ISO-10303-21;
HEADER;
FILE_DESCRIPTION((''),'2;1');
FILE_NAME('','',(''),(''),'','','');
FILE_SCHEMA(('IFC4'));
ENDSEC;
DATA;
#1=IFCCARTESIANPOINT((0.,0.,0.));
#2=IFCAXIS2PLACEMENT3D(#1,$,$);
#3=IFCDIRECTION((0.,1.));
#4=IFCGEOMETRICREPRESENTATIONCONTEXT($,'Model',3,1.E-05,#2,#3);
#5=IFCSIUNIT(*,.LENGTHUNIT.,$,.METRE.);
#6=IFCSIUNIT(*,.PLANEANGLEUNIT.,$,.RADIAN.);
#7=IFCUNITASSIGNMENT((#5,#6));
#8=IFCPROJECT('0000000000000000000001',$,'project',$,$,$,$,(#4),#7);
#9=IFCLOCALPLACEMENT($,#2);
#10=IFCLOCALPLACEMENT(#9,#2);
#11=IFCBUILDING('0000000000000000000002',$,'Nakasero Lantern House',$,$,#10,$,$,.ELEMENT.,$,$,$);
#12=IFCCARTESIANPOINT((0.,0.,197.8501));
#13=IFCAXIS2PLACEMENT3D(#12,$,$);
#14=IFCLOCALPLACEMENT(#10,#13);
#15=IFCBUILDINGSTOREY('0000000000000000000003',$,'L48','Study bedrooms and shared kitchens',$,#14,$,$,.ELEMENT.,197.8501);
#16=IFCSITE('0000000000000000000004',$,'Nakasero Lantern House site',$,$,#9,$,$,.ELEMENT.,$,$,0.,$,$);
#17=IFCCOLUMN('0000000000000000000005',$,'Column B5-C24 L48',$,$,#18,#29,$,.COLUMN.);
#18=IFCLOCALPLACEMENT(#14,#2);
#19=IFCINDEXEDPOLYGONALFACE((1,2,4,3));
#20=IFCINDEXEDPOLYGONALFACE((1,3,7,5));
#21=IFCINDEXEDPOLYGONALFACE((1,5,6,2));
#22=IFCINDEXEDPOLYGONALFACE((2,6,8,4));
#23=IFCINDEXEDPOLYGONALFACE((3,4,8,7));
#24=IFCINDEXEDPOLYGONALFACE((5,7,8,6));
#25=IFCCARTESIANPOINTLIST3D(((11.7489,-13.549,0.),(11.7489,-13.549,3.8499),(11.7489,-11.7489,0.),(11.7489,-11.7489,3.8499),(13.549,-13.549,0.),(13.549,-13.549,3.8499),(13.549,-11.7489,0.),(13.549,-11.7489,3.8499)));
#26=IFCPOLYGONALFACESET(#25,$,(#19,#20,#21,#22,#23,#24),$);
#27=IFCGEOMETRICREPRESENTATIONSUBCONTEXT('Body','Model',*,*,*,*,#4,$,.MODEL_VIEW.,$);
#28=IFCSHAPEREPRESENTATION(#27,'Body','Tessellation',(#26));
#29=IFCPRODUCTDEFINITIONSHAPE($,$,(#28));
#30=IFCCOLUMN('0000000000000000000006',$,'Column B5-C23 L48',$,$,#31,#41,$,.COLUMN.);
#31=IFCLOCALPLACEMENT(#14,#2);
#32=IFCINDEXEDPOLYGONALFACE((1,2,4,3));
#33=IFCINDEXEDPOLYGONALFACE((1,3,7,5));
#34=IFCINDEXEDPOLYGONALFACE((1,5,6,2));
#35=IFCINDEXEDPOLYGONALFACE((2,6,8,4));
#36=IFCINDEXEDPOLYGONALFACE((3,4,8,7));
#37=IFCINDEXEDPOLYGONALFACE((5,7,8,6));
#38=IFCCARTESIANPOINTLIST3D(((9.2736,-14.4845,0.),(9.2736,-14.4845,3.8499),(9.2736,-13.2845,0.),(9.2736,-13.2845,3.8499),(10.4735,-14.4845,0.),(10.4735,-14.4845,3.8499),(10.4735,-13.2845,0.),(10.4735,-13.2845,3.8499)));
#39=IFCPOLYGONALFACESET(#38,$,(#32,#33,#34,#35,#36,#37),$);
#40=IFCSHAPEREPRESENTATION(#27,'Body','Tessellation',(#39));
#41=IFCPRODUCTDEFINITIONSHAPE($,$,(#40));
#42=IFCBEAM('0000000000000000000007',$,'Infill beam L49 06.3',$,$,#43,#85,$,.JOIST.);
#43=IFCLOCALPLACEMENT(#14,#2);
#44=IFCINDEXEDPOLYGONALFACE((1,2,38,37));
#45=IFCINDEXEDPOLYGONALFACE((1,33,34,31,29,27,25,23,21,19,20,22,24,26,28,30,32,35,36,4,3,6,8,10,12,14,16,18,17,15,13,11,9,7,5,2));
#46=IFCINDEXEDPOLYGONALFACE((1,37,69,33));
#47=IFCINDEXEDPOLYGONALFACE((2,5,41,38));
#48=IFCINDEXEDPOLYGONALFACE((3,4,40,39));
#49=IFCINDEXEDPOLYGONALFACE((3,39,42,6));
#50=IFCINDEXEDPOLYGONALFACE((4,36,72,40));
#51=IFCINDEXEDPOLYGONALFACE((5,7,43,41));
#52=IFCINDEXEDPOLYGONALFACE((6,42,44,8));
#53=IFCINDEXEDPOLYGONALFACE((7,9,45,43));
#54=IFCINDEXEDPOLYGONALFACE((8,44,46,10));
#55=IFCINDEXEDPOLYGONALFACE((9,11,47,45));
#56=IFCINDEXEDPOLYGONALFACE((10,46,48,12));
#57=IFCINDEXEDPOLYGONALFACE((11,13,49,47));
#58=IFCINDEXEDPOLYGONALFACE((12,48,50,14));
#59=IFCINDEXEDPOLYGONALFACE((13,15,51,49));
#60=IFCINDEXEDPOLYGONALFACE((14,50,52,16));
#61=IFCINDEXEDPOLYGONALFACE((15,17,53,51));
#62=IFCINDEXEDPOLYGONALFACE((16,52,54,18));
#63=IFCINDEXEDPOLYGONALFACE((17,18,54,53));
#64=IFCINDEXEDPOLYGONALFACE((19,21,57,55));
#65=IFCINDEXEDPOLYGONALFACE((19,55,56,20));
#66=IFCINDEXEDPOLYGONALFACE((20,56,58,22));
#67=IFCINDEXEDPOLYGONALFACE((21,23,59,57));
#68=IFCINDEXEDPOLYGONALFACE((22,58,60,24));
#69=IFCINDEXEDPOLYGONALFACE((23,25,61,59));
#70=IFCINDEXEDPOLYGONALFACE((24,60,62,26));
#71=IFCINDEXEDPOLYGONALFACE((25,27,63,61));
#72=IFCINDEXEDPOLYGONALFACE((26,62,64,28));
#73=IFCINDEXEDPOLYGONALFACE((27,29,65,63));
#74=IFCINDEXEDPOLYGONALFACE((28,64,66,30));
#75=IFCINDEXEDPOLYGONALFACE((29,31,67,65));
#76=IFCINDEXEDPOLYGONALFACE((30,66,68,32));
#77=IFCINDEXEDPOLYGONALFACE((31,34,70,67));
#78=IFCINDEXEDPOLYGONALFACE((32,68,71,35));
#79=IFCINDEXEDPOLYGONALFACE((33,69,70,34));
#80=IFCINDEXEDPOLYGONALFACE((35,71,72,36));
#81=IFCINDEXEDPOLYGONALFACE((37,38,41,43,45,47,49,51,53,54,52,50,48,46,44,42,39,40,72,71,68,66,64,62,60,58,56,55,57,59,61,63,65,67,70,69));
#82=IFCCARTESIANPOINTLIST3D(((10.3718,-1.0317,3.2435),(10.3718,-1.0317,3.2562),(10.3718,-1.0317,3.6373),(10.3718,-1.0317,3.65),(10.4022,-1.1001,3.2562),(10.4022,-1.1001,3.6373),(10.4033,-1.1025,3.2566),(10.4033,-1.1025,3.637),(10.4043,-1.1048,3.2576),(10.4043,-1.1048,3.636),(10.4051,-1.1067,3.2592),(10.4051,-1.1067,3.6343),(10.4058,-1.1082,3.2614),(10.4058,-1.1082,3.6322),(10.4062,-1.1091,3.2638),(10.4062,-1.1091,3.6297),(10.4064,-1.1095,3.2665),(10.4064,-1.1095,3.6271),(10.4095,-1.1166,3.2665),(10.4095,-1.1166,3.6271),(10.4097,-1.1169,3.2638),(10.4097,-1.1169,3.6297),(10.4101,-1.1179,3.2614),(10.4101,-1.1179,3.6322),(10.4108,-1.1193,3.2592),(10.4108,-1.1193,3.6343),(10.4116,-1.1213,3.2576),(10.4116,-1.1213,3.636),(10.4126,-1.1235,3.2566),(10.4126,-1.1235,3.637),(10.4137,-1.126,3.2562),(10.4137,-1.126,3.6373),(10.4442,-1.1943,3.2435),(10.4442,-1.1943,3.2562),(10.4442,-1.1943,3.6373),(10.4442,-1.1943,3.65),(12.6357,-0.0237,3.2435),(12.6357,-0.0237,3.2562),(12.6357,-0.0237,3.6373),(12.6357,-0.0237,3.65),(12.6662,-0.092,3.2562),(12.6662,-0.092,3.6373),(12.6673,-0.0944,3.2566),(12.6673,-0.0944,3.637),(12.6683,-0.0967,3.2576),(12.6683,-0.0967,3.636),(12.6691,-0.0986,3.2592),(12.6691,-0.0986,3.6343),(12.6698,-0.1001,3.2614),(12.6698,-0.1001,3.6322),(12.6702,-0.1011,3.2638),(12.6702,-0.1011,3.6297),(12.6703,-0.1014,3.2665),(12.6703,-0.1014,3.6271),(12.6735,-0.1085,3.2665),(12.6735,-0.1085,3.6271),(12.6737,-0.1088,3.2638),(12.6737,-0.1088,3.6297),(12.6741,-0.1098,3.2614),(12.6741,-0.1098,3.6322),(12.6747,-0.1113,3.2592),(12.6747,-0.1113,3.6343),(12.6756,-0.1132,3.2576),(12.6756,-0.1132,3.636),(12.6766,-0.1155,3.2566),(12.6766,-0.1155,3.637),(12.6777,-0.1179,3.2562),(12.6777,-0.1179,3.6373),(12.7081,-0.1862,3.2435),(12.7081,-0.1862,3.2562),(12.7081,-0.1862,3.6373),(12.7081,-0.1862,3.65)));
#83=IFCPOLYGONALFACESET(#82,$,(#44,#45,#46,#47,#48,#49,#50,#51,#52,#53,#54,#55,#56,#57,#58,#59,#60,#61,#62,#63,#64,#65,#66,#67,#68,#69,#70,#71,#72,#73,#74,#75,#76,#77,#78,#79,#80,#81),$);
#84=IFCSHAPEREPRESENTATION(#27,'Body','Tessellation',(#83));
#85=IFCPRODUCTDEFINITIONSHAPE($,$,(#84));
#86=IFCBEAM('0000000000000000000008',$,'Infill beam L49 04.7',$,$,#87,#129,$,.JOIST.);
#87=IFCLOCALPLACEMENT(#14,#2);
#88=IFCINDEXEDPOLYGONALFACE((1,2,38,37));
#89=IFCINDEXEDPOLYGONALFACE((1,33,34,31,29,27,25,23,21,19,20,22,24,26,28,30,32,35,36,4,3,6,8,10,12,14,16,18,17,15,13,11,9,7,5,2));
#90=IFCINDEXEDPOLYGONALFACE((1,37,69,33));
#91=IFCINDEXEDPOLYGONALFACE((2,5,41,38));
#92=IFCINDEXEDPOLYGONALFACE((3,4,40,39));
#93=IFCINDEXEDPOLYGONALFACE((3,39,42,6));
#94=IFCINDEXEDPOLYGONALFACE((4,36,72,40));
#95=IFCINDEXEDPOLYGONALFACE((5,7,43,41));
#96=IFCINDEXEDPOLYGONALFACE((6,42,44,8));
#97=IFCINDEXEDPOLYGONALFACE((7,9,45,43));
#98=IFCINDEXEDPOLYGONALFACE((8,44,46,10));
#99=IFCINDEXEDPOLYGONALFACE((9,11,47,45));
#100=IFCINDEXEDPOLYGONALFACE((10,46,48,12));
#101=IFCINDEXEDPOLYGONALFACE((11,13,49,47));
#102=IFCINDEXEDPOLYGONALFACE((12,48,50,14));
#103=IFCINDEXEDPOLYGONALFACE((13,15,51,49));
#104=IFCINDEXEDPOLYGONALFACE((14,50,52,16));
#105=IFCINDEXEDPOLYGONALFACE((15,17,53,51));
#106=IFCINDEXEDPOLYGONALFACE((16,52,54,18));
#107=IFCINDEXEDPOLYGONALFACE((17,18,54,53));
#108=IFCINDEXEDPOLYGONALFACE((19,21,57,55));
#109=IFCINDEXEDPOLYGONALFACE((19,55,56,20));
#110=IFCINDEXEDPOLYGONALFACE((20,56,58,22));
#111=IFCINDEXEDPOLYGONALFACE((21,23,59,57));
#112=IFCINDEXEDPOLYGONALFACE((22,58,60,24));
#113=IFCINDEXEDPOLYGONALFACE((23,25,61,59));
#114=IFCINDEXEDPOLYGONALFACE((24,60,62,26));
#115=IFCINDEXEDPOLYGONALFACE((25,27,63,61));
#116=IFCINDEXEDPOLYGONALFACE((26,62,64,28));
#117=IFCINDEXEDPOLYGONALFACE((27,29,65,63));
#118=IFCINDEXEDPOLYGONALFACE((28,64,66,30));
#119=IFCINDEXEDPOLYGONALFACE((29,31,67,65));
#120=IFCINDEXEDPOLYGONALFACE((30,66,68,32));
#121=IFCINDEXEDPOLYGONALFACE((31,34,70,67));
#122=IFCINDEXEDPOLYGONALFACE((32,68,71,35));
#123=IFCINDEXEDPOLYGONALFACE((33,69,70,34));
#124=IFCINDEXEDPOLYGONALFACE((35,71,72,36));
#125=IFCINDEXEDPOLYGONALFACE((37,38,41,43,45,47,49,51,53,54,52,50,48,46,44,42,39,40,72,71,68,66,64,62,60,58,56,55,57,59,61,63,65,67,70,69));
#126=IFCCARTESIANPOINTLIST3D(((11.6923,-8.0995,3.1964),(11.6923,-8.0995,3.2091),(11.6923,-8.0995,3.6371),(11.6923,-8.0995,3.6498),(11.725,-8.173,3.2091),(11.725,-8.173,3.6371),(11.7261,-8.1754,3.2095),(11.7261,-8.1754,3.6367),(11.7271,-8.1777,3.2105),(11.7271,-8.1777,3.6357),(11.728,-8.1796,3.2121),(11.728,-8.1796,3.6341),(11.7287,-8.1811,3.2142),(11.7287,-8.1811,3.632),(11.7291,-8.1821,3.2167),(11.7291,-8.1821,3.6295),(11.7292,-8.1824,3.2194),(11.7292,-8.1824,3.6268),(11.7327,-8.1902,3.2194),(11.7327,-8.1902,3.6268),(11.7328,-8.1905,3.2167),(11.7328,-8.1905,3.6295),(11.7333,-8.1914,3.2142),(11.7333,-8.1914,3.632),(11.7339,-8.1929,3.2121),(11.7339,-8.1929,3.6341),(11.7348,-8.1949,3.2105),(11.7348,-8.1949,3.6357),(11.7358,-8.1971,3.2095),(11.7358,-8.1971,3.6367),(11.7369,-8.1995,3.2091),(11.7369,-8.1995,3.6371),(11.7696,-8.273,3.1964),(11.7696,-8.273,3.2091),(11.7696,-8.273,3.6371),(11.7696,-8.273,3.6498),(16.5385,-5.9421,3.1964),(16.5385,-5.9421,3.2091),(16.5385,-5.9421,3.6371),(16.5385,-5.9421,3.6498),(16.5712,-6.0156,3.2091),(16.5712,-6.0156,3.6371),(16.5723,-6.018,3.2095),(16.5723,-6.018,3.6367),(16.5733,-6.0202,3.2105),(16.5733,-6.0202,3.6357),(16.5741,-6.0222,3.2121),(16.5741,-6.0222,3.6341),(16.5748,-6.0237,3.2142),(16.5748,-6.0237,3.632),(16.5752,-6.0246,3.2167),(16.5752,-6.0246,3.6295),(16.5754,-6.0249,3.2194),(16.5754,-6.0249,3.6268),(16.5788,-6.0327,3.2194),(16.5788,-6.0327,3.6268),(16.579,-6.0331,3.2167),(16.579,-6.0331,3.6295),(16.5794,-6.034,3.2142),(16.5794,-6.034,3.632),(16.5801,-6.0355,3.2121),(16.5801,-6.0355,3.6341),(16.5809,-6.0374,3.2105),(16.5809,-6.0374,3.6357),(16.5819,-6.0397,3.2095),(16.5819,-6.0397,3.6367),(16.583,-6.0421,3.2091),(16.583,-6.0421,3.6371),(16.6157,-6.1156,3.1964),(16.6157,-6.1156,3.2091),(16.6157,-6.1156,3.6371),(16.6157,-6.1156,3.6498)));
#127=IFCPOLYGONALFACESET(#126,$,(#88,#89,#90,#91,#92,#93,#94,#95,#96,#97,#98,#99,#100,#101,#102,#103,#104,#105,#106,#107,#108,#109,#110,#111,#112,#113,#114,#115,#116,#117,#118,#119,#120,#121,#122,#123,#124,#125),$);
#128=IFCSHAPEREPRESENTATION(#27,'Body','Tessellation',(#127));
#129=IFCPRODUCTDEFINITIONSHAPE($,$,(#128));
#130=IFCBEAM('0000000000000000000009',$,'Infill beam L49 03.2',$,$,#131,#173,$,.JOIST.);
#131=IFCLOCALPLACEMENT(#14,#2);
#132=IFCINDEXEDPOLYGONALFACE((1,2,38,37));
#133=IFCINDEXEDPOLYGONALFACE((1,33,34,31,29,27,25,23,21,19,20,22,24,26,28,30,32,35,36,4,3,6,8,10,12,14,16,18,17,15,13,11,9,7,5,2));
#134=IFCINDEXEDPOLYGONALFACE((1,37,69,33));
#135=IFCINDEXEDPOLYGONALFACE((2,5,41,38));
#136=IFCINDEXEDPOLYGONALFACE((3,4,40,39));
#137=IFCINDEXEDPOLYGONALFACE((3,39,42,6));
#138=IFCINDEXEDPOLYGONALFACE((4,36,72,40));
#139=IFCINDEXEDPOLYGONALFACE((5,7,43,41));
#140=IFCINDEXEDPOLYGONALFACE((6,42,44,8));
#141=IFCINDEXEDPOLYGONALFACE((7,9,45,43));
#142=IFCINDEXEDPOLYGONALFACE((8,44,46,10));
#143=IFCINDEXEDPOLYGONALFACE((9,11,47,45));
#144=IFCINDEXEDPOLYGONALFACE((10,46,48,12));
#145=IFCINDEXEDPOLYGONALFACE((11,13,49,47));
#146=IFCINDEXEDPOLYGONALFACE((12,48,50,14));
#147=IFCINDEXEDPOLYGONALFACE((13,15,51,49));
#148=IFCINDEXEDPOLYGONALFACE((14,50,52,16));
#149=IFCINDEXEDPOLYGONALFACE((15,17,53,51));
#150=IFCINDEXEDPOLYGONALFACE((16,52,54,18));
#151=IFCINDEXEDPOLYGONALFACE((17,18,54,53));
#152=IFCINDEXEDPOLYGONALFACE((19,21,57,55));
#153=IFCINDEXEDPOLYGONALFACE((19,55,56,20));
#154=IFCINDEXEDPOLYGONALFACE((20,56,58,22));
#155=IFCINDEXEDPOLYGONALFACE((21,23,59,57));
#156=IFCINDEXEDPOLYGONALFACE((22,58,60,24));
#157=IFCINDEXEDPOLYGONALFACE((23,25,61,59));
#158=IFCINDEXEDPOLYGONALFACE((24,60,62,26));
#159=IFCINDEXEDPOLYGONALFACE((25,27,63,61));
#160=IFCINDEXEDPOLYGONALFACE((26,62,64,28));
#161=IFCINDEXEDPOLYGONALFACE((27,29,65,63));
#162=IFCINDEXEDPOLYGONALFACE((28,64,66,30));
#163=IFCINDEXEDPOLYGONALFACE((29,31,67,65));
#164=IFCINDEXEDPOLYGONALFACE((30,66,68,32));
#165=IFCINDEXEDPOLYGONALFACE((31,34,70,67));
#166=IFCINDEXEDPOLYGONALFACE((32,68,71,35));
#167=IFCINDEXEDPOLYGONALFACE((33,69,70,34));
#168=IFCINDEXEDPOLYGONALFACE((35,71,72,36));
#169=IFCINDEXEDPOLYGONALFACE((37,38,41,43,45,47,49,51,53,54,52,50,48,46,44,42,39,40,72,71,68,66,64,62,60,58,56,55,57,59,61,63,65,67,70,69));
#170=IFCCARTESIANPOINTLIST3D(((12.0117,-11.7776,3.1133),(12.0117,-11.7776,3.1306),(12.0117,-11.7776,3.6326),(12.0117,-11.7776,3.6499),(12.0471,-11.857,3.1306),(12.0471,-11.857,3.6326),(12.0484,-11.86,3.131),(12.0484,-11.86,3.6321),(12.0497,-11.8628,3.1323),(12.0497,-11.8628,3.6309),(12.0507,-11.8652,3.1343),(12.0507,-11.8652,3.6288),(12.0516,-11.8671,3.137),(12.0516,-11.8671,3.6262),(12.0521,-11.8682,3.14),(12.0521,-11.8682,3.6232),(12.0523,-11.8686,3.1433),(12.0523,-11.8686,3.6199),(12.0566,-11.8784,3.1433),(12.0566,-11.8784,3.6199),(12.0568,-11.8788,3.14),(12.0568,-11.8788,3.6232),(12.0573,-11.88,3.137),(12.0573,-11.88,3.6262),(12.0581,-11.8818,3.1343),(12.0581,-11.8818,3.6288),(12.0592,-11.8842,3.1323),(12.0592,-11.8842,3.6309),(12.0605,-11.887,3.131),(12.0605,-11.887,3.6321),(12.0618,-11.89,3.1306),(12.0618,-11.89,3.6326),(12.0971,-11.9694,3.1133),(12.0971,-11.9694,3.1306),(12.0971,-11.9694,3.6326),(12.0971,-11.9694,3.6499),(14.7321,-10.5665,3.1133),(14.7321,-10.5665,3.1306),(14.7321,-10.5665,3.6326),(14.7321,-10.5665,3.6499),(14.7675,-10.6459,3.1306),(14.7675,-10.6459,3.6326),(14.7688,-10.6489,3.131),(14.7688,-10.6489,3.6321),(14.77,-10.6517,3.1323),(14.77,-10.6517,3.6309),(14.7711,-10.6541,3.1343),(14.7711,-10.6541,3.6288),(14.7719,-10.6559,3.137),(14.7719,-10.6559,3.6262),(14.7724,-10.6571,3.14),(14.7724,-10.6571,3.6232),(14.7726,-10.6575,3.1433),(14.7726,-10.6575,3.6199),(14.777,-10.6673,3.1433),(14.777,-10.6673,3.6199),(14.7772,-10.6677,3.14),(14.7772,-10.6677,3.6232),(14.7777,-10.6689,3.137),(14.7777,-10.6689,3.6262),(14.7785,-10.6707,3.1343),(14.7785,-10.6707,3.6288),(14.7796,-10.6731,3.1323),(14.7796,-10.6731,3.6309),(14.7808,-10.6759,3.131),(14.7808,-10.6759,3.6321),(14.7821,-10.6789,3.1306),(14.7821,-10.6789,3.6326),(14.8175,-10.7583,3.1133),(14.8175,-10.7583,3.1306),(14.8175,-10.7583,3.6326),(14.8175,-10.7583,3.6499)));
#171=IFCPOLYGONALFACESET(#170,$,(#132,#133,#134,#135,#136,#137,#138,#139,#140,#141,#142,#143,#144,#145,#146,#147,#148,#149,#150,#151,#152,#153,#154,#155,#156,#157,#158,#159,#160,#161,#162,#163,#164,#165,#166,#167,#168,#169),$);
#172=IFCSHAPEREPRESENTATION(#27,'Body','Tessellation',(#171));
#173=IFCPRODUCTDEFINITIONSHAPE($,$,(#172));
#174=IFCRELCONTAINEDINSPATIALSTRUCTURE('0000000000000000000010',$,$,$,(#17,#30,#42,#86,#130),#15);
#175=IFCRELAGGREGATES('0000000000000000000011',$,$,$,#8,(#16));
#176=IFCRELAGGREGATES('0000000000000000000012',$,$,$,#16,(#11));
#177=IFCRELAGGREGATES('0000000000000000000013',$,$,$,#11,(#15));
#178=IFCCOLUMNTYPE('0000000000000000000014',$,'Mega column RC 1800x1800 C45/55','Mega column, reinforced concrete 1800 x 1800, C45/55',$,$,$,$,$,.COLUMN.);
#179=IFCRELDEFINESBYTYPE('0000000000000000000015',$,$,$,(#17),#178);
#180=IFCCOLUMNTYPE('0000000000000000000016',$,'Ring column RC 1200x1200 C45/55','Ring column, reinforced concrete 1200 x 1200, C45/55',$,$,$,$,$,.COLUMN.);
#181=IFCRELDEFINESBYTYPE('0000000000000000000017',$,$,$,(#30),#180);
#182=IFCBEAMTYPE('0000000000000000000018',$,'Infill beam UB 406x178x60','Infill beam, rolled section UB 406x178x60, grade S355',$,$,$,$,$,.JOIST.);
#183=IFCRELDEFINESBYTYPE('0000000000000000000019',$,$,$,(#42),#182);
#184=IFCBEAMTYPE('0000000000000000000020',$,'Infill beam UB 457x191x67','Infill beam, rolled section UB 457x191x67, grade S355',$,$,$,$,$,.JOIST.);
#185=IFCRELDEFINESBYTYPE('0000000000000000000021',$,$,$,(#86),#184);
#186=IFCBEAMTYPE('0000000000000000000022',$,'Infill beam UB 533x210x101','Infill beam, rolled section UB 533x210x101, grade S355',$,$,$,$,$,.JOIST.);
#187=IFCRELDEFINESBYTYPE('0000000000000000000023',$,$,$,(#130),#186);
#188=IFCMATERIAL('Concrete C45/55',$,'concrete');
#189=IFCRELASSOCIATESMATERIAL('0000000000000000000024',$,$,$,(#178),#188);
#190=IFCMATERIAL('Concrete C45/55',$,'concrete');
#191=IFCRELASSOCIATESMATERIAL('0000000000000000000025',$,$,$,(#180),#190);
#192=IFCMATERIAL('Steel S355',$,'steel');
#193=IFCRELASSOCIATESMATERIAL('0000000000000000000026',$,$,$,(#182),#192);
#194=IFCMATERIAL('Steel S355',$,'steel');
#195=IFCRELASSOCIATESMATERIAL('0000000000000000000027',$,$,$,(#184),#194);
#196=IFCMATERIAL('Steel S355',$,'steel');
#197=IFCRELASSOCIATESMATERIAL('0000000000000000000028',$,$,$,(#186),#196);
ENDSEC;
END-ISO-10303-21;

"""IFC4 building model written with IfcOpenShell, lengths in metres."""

from ifc_helpers import new_model, si_unit, direction, frame, origin, origin_2d, place, context, subcontext, project, spatial, rectangle, i_section, extrude, material, material_profile, profile_set, type_object, element, save


model = new_model("IFC4")

# Units and contexts
model_context = context("Model", 3, precision=1e-05, world=origin(), true_north=direction((0.0, 1.0)))
body_context = subcontext(model_context, "Body", "Model", "MODEL_VIEW")
ifc_project = project(units=[si_unit("LENGTHUNIT", "METRE"), si_unit("PLANEANGLEUNIT", "RADIAN")], contexts=[model_context])

# Site, building, storey
site_placement = place(None, origin())
site = spatial("IfcSite", under=ifc_project, at=site_placement, Name="Nakasero Lantern House site", CompositionType="ELEMENT", RefElevation=0.0)
building_placement = place(site_placement, origin())
building = spatial("IfcBuilding", under=site, at=building_placement, Name="Nakasero Lantern House", CompositionType="ELEMENT")
storey_placement = place(building_placement, frame((0.0, 0.0, 197.8501)))
storey = spatial("IfcBuildingStorey", under=building, at=storey_placement, Name="L48", Description="Study bedrooms and shared kitchens", CompositionType="ELEMENT", Elevation=197.8501)

# Columns
ifc_material_1 = material(Name="Concrete C45/55", Category="concrete")
ifc_material_profile_1 = material_profile(ifc_material_1, rectangle(XDim=1.8, YDim=1.8, at=origin_2d()), Name="RC 1800x1800")
ifc_profile_set_1 = profile_set([ifc_material_profile_1], Name="Concrete C45/55")
column_type_1 = type_object("IfcColumnType", Name="Mega column RC 1800x1800 C45/55", Description="Mega column, reinforced concrete 1800 x 1800, C45/55", PredefinedType="COLUMN", material=ifc_profile_set_1)
column_1_placement = place(storey_placement, frame((12.6489, -12.6489, 0.0), z_axis=(0.0, 0.0, 1.0), x_axis=(1.0, 0.0, 0.0)))
element("IfcColumn", 1, at=column_1_placement, inside=storey, type_object=column_type_1, Name="Column B5-C24 L48", PredefinedType="COLUMN", context=body_context, shape_type="SweptSolid", body=[
    extrude(rectangle(XDim=1.8, YDim=1.8, at=origin_2d()), origin(), (0.0, 0.0, 1.0), 3.8499),
])
ifc_material_2 = material(Name="Concrete C45/55", Category="concrete")
ifc_material_profile_2 = material_profile(ifc_material_2, rectangle(XDim=1.2, YDim=1.2, at=origin_2d()), Name="RC 1200x1200")
ifc_profile_set_2 = profile_set([ifc_material_profile_2], Name="Concrete C45/55")
column_type_2 = type_object("IfcColumnType", Name="Ring column RC 1200x1200 C45/55", Description="Ring column, reinforced concrete 1200 x 1200, C45/55", PredefinedType="COLUMN", material=ifc_profile_set_2)
column_2_placement = place(storey_placement, frame((9.8735, -13.8845, 0.0), z_axis=(0.0, 0.0, 1.0), x_axis=(1.0, 0.0, 0.0)))
element("IfcColumn", 2, at=column_2_placement, inside=storey, type_object=column_type_2, Name="Column B5-C23 L48", PredefinedType="COLUMN", context=body_context, shape_type="SweptSolid", body=[
    extrude(rectangle(XDim=1.2, YDim=1.2, at=origin_2d()), origin(), (0.0, 0.0, 1.0), 3.8499),
])

# Beams
ifc_material_3 = material(Name="Steel S355", Category="steel")
ifc_material_profile_3 = material_profile(ifc_material_3, i_section(OverallWidth=0.178, OverallDepth=0.4065, WebThickness=0.0078, FlangeThickness=0.0127, FilletRadius=0.0103, at=origin_2d()), Name="UB 406x178x60")
ifc_profile_set_3 = profile_set([ifc_material_profile_3], Name="Steel S355")
beam_type_1 = type_object("IfcBeamType", Name="Infill beam UB 406x178x60", Description="Infill beam, rolled section UB 406x178x60, grade S355", PredefinedType="JOIST", material=ifc_profile_set_3)
beam_1_placement = place(storey_placement, frame((10.408, -1.113, 3.4468), z_axis=(0.913531, 0.406769, 0.0), x_axis=(-0.406769, 0.913531, 0.0)))
element("IfcBeam", 3, at=beam_1_placement, inside=storey, type_object=beam_type_1, Name="Infill beam L49 06.3", PredefinedType="JOIST", context=body_context, shape_type="SweptSolid", body=[
    extrude(i_section(OverallWidth=0.178, OverallDepth=0.4065, WebThickness=0.0078, FlangeThickness=0.0127, FilletRadius=0.0103, at=origin_2d()), origin(), (0.0, 0.0, 1.0), 2.4783),
])
ifc_material_4 = material(Name="Steel S355", Category="steel")
ifc_material_profile_4 = material_profile(ifc_material_4, i_section(OverallWidth=0.1899, OverallDepth=0.4534, WebThickness=0.0085, FlangeThickness=0.0127, FilletRadius=0.0103, at=origin_2d()), Name="UB 457x191x67")
ifc_profile_set_4 = profile_set([ifc_material_profile_4], Name="Steel S355")
beam_type_2 = type_object("IfcBeamType", Name="Infill beam UB 457x191x67", Description="Infill beam, rolled section UB 457x191x67, grade S355", PredefinedType="JOIST", material=ifc_profile_set_4)
beam_2_placement = place(storey_placement, frame((11.731, -8.1863, 3.4231), z_axis=(0.913559, 0.406706, 0.0), x_axis=(-0.406706, 0.913559, 0.0)))
element("IfcBeam", 4, at=beam_2_placement, inside=storey, type_object=beam_type_2, Name="Infill beam L49 04.7", PredefinedType="JOIST", context=body_context, shape_type="SweptSolid", body=[
    extrude(i_section(OverallWidth=0.1899, OverallDepth=0.4534, WebThickness=0.0085, FlangeThickness=0.0127, FilletRadius=0.0103, at=origin_2d()), origin(), (0.0, 0.0, 1.0), 5.3047),
])
ifc_material_5 = material(Name="Steel S355", Category="steel")
ifc_material_profile_5 = material_profile(ifc_material_5, i_section(OverallWidth=0.21, OverallDepth=0.5366, WebThickness=0.0107, FlangeThickness=0.0173, FilletRadius=0.0127, at=origin_2d()), Name="UB 533x210x101")
ifc_profile_set_5 = profile_set([ifc_material_profile_5], Name="Steel S355")
beam_type_3 = type_object("IfcBeamType", Name="Infill beam UB 533x210x101", Description="Infill beam, rolled section UB 533x210x101, grade S355", PredefinedType="JOIST", material=ifc_profile_set_5)
beam_3_placement = place(storey_placement, frame((12.0544, -11.8735, 3.3816), z_axis=(0.913551, 0.406724, 0.0), x_axis=(-0.406724, 0.913551, 0.0)))
element("IfcBeam", 5, at=beam_3_placement, inside=storey, type_object=beam_type_3, Name="Infill beam L49 03.2", PredefinedType="JOIST", context=body_context, shape_type="SweptSolid", body=[
    extrude(i_section(OverallWidth=0.21, OverallDepth=0.5366, WebThickness=0.0107, FlangeThickness=0.0173, FilletRadius=0.0127, at=origin_2d()), origin(), (0.0, 0.0, 1.0), 2.9778),
])

save(model, "model.ifc")
